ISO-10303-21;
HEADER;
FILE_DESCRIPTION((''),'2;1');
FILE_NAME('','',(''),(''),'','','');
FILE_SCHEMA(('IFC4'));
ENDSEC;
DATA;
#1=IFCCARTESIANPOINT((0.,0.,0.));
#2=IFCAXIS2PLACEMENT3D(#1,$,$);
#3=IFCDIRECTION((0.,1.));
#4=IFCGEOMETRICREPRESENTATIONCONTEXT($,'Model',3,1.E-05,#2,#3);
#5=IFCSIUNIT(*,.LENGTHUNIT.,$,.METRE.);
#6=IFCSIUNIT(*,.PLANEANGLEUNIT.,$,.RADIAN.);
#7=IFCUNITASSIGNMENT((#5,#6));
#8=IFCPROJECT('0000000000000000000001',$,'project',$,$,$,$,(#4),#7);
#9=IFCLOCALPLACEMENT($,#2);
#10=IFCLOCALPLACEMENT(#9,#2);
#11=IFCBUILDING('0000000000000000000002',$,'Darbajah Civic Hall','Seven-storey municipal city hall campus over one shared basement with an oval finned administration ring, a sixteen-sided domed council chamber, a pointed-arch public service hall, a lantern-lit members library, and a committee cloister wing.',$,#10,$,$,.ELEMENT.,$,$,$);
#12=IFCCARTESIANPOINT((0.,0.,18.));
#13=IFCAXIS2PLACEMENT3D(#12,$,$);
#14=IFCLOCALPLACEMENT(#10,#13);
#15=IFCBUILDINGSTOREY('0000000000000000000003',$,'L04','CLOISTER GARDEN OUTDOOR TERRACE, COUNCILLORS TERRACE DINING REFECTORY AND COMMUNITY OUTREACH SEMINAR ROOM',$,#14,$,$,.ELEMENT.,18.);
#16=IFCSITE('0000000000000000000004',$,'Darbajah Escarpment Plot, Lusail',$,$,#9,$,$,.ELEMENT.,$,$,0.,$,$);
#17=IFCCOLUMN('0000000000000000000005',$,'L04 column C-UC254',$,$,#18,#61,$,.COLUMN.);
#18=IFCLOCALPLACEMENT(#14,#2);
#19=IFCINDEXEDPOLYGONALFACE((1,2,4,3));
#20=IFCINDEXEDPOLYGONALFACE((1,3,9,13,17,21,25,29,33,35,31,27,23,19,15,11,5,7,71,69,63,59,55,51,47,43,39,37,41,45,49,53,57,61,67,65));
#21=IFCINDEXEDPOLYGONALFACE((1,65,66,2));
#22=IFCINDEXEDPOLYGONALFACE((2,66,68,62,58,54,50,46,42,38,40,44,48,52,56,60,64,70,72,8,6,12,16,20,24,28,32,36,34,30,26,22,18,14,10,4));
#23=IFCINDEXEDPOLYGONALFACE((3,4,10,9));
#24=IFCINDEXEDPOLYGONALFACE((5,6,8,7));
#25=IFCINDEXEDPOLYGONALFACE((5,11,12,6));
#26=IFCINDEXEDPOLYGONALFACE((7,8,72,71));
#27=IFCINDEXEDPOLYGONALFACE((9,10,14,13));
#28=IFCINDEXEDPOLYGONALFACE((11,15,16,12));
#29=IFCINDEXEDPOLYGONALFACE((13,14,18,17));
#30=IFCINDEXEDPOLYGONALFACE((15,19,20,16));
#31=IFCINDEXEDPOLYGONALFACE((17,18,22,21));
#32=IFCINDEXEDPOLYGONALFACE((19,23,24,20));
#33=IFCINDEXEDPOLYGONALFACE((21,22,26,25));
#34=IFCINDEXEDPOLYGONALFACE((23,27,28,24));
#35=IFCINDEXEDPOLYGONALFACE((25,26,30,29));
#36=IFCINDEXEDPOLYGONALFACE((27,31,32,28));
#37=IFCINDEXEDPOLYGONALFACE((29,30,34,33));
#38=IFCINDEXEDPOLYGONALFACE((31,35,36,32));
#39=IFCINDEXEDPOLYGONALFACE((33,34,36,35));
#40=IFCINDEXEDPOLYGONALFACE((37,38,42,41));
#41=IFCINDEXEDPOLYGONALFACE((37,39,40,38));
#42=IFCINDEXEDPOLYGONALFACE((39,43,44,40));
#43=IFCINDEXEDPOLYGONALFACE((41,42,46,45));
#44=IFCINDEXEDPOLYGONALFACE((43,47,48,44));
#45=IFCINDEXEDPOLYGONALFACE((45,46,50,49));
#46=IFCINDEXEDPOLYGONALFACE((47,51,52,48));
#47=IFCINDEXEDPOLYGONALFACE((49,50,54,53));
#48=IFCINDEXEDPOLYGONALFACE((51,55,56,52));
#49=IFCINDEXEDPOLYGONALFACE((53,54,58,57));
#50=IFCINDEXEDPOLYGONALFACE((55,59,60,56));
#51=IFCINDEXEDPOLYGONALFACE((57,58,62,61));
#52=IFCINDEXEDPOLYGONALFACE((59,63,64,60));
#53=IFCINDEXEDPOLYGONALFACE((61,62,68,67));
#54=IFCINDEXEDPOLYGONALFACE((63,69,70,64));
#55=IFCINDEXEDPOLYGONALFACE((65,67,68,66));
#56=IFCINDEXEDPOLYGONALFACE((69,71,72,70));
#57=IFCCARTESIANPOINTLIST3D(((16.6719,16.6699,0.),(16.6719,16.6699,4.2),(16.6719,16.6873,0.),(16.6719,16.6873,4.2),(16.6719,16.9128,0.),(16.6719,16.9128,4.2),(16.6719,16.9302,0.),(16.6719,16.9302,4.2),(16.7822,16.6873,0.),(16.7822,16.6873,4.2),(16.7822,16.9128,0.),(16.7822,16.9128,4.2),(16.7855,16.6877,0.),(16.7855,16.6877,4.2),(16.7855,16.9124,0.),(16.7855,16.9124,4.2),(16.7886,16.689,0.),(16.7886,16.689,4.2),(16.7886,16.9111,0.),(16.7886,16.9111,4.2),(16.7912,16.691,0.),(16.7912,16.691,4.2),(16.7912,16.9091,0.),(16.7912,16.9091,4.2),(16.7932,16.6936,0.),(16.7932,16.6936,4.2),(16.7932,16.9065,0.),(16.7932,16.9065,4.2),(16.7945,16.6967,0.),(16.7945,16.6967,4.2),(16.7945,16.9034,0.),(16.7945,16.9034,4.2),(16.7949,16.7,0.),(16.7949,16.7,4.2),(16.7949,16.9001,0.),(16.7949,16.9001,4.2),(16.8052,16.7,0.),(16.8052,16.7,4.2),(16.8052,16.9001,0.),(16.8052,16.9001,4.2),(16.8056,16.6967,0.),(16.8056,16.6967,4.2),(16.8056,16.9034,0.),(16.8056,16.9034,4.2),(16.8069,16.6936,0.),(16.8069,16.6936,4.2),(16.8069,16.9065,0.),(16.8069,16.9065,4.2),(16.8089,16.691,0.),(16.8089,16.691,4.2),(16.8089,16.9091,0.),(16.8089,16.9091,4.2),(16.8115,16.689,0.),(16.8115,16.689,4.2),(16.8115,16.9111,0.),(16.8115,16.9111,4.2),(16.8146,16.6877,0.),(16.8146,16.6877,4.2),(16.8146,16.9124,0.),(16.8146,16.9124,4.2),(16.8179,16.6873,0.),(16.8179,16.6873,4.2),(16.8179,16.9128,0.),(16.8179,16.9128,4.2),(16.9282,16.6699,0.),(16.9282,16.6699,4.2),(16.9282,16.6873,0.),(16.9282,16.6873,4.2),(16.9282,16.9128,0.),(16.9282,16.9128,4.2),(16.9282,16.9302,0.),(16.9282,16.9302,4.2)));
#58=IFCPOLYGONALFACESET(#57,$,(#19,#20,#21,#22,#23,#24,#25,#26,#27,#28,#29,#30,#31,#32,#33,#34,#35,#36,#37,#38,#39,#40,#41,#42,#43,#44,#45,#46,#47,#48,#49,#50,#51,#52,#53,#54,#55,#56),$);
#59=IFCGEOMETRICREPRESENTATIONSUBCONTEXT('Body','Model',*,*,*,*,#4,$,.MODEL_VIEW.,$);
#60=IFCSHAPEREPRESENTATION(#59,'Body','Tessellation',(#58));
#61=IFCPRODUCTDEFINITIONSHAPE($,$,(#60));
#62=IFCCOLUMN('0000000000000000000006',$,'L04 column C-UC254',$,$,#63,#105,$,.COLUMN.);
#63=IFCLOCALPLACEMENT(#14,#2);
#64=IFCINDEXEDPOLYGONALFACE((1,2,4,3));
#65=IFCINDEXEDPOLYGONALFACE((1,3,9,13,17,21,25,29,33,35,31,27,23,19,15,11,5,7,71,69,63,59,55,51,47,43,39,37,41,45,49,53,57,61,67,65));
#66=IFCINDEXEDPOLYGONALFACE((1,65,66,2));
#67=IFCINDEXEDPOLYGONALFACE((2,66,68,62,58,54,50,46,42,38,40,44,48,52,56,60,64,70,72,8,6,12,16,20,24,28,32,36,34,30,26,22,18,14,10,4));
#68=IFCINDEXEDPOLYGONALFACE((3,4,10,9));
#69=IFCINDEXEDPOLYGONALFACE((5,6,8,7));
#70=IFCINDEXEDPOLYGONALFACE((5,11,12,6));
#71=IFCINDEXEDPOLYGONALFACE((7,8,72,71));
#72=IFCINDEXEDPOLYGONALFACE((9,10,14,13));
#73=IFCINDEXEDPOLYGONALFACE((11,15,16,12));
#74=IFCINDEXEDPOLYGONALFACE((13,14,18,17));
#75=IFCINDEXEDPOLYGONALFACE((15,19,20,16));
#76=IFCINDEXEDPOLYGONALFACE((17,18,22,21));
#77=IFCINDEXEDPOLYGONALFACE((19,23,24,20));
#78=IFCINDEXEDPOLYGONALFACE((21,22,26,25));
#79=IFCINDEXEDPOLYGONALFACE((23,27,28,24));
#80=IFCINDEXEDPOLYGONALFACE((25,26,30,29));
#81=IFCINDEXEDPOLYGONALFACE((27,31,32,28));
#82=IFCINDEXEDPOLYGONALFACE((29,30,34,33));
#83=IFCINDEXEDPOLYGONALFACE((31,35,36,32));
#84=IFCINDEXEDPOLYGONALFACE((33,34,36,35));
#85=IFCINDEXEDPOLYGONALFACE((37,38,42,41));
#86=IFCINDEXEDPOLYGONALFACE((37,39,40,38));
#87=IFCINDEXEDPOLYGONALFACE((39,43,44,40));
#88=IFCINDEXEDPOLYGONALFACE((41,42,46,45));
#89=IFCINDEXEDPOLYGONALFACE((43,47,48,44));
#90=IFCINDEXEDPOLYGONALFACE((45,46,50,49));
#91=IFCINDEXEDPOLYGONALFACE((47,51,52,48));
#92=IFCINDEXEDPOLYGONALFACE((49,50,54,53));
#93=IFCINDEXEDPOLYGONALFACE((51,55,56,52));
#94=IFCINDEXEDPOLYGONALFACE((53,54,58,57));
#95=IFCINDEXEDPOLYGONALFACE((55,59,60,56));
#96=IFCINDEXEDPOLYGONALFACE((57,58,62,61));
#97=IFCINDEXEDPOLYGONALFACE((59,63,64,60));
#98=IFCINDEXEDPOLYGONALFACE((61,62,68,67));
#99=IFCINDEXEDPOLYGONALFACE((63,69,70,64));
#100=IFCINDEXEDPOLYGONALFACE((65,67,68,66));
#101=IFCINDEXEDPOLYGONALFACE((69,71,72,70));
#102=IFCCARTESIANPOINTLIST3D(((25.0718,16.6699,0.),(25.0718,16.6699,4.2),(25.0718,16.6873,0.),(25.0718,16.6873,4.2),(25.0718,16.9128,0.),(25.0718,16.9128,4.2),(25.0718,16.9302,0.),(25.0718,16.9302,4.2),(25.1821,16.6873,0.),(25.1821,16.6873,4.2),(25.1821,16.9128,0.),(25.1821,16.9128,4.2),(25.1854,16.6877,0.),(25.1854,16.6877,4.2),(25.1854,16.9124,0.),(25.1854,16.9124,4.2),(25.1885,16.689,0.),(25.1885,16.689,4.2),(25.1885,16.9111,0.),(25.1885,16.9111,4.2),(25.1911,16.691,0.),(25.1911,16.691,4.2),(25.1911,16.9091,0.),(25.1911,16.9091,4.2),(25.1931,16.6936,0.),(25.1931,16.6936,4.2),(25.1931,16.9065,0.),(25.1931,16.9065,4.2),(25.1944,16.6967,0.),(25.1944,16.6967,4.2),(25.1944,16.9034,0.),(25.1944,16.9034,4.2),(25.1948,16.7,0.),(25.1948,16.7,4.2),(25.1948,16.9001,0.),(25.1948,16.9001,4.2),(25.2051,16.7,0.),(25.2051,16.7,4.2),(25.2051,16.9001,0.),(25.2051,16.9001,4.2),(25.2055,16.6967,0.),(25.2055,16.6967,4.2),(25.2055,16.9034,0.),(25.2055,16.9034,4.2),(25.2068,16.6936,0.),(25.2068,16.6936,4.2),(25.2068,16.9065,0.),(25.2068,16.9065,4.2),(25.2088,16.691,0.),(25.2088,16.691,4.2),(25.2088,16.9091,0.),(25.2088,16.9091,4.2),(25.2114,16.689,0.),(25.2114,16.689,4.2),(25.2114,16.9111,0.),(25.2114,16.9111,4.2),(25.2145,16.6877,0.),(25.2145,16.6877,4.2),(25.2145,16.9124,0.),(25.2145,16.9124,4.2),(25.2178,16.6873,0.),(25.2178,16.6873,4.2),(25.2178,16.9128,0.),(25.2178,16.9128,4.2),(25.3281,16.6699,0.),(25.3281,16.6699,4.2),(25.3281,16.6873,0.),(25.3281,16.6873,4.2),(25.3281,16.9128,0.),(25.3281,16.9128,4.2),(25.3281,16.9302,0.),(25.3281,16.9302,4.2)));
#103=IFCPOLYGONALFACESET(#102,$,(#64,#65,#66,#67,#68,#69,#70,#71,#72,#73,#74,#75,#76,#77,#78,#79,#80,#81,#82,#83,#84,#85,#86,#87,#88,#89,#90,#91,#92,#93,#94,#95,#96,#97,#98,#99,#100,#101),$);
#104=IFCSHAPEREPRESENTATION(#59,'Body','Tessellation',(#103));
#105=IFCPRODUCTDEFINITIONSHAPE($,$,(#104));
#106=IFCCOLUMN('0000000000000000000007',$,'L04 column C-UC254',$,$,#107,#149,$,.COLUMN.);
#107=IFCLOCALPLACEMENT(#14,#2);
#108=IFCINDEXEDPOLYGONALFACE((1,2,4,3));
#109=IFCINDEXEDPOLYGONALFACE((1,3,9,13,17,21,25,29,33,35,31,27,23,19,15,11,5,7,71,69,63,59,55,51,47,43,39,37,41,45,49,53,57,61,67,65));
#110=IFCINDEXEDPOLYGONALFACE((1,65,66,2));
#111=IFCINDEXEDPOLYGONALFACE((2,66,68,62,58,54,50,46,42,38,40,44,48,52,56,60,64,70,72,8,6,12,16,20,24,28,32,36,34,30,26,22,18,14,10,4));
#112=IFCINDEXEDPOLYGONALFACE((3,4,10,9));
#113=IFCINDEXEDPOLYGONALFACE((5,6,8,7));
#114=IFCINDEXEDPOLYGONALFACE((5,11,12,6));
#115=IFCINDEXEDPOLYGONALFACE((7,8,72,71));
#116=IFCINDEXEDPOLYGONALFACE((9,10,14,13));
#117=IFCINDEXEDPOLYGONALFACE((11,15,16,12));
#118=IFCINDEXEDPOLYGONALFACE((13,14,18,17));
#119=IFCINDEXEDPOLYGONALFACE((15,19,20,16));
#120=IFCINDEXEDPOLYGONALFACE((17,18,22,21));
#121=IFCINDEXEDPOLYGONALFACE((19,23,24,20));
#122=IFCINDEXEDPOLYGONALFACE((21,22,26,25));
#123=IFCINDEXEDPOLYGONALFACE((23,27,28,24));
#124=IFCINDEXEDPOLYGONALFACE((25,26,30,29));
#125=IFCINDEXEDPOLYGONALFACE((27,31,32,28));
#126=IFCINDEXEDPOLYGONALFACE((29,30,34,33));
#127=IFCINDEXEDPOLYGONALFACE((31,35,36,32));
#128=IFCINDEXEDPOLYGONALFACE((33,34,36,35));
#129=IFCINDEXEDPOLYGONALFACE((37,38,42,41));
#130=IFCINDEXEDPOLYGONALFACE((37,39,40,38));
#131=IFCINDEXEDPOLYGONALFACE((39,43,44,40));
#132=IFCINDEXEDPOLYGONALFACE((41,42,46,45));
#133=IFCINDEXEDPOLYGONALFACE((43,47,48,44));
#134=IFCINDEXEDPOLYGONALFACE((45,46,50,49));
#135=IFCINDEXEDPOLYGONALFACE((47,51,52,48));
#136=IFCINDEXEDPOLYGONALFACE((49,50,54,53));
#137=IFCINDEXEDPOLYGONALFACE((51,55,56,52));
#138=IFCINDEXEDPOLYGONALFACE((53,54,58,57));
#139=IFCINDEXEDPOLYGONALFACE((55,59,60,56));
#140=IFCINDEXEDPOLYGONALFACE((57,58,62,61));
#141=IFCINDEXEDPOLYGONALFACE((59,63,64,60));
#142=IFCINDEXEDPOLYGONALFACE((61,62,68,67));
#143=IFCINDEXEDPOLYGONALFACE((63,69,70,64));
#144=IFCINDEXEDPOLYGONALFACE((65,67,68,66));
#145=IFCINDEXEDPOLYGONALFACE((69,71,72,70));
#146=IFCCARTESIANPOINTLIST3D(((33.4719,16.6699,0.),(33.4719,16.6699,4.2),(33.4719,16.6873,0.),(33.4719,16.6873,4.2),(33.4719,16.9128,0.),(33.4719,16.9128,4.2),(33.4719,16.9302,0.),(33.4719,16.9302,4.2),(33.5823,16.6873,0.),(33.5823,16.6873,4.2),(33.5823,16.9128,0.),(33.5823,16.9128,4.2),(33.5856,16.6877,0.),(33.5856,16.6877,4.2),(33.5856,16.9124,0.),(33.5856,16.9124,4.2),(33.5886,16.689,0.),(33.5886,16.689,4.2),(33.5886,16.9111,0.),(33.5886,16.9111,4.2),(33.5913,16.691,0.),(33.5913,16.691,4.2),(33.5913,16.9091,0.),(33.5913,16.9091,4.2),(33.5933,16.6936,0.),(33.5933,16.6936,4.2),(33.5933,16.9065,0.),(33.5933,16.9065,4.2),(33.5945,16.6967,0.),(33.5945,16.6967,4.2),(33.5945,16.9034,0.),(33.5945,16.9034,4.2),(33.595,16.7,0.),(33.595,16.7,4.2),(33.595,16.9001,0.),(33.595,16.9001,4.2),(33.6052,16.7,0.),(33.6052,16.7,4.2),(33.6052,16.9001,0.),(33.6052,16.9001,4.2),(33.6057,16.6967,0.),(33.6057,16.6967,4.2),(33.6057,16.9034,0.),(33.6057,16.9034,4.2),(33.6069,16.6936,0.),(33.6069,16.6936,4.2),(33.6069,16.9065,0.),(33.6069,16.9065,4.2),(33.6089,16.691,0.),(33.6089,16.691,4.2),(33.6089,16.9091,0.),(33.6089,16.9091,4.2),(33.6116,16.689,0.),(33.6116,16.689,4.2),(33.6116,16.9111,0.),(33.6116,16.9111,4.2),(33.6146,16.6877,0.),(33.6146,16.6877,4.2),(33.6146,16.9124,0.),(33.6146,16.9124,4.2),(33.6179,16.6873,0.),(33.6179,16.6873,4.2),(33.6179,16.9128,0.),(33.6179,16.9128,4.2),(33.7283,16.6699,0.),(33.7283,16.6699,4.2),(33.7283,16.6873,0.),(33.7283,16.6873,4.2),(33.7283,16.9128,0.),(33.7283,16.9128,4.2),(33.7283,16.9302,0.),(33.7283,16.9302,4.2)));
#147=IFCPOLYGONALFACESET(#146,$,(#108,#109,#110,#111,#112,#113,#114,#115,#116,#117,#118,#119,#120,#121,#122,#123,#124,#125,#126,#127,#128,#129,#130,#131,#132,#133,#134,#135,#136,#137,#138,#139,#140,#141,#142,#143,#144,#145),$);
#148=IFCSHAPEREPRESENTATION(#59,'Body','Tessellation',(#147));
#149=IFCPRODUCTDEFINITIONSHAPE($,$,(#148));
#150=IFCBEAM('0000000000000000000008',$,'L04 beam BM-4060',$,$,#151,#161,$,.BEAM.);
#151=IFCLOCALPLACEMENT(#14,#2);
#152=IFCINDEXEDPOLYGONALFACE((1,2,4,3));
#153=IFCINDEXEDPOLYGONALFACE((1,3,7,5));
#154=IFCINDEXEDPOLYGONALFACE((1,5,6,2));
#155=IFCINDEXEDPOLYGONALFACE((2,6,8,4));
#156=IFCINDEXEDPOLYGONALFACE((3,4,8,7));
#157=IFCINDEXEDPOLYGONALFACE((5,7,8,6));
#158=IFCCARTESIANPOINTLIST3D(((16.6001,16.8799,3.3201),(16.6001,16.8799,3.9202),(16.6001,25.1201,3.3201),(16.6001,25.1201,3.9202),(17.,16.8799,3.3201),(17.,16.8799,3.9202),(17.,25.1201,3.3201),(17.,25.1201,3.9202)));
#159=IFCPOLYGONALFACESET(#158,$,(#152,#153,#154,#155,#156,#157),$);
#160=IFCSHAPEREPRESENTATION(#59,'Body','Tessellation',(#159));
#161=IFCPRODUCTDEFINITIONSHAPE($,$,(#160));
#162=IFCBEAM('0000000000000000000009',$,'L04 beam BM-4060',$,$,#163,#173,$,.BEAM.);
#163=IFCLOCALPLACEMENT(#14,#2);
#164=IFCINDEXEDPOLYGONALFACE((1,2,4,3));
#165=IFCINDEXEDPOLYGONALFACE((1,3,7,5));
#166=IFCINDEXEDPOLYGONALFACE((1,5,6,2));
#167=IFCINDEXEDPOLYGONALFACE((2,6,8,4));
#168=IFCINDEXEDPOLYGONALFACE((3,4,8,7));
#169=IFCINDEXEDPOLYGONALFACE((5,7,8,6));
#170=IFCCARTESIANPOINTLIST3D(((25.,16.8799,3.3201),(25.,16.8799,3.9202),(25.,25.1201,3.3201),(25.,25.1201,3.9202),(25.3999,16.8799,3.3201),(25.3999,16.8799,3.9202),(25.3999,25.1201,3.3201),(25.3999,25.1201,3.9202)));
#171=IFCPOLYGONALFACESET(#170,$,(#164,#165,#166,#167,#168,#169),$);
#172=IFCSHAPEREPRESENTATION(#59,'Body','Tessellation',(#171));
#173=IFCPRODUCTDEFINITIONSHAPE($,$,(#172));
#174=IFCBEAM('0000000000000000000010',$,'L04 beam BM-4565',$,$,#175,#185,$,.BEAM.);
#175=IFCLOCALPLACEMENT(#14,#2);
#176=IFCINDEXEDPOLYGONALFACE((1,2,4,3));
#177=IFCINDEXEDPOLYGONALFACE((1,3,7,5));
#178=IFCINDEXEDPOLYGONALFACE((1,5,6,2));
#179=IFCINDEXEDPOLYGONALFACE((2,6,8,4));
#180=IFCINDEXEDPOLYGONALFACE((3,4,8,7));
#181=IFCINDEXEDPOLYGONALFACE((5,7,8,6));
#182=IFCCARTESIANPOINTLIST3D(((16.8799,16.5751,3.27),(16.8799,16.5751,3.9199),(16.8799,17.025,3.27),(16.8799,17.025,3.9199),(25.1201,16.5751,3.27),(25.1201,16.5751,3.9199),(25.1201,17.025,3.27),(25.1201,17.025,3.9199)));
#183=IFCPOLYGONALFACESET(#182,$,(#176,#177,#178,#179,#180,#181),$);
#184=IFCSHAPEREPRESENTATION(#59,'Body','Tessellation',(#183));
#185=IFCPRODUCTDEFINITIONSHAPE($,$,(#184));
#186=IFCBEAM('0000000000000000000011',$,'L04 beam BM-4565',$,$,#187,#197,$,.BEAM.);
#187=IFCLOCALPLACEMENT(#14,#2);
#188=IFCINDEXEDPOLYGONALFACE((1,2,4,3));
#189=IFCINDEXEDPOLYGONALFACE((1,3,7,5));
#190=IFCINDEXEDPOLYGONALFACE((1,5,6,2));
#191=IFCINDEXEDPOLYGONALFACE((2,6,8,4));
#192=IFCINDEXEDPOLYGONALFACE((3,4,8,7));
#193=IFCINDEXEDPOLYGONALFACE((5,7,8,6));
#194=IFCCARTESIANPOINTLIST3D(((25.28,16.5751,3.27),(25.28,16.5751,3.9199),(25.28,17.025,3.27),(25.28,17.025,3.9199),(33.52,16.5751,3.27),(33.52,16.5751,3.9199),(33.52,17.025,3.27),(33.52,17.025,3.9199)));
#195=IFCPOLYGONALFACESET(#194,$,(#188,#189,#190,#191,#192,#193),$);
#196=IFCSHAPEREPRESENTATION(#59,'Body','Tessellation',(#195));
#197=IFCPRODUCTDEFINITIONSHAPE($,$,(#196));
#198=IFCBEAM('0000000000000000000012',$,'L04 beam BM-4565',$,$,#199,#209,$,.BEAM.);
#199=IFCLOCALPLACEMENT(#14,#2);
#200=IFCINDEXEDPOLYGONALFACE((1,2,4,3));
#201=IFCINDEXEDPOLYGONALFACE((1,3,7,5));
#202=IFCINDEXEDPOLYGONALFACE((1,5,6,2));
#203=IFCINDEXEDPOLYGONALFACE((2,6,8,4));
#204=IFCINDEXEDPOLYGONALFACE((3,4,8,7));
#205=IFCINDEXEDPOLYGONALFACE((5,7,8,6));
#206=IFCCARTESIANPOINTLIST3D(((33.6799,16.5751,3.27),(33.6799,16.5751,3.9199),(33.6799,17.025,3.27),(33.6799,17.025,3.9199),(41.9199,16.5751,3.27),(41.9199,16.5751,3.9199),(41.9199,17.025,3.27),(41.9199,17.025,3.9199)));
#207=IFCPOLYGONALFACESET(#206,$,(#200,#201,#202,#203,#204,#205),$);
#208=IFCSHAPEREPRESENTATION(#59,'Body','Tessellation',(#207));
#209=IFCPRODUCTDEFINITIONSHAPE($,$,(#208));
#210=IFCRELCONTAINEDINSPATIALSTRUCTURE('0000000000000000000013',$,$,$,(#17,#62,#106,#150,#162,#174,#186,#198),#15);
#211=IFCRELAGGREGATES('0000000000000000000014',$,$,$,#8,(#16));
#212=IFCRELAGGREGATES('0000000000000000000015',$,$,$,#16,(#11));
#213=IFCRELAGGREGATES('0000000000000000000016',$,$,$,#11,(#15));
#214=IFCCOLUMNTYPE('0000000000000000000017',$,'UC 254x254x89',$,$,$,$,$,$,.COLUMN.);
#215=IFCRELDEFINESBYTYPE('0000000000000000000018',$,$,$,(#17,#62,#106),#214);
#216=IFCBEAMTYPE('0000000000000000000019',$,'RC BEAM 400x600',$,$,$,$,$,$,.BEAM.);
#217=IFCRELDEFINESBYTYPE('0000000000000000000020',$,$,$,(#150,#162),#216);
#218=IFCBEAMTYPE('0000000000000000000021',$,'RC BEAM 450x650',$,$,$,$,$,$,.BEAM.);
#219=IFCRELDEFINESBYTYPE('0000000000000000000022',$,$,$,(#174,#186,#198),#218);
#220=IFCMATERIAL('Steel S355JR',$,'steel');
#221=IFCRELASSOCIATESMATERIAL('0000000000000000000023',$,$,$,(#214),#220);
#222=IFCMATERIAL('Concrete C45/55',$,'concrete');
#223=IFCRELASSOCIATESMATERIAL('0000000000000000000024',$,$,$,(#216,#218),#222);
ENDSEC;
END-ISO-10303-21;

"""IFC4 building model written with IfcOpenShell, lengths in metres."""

from ifc_helpers import new_model, si_unit, direction, frame, origin, origin_2d, place, context, subcontext, project, spatial, rectangle, i_section, extrude, material, material_profile, profile_set, type_object, element, save


model = new_model("IFC4")

# Units and contexts
model_context = context("Model", 3, precision=1e-05, world=origin(), true_north=direction((0.0, 1.0)))
body_context = subcontext(model_context, "Body", "Model", "MODEL_VIEW")
ifc_project = project(units=[si_unit("LENGTHUNIT", "METRE"), si_unit("PLANEANGLEUNIT", "RADIAN")], contexts=[model_context])

# Site, building, storey
site_placement = place(None, origin())
site = spatial("IfcSite", under=ifc_project, at=site_placement, Name="Darbajah Escarpment Plot, Lusail", CompositionType="ELEMENT", RefElevation=0.0)
building_placement = place(site_placement, origin())
building = spatial("IfcBuilding", under=site, at=building_placement, Name="Darbajah Civic Hall", Description="Seven-storey municipal city hall campus over one shared basement with an oval finned administration ring, a sixteen-sided domed council chamber, a pointed-arch public service hall, a lantern-lit members library, and a committee cloister wing.", CompositionType="ELEMENT")
storey_placement = place(building_placement, frame((0.0, 0.0, 18.0)))
storey = spatial("IfcBuildingStorey", under=building, at=storey_placement, Name="L04", Description="CLOISTER GARDEN OUTDOOR TERRACE, COUNCILLORS TERRACE DINING REFECTORY AND COMMUNITY OUTREACH SEMINAR ROOM", CompositionType="ELEMENT", Elevation=18.0)

# Columns
ifc_material_1 = material(Name="Steel S355JR", Category="steel")
ifc_material_profile_1 = material_profile(ifc_material_1, i_section(OverallWidth=0.2563, OverallDepth=0.2603, WebThickness=0.0103, FlangeThickness=0.0173, FilletRadius=0.0127, at=origin_2d()), Name="UC 254x254x89")
ifc_profile_set_1 = profile_set([ifc_material_profile_1], Name="Steel S355JR")
column_type = type_object("IfcColumnType", Name="UC 254x254x89", PredefinedType="COLUMN", material=ifc_profile_set_1)
for number, where, z_axis, x_axis, name in (
    (1, (16.8, 16.8, 0.0), (0.0, 0.0, 1.0), (1.0, 0.0, 0.0), "L04 column C-UC254"),
    (2, (25.2, 16.8, 0.0), (0.0, 0.0, 1.0), (1.0, 0.0, 0.0), "L04 column C-UC254"),
    (3, (33.6001, 16.8, 0.0), (0.0, 0.0, 1.0), (1.0, 0.0, 0.0), "L04 column C-UC254"),
):
    element("IfcColumn", number, at=place(storey_placement, frame(where, z_axis=z_axis, x_axis=x_axis)), inside=storey, type_object=column_type, Name=name, PredefinedType="COLUMN", context=body_context, shape_type="SweptSolid", body=[
        extrude(i_section(OverallWidth=0.2563, OverallDepth=0.2603, WebThickness=0.0103, FlangeThickness=0.0173, FilletRadius=0.0127, at=origin_2d()), origin(), (0.0, 0.0, 1.0), 4.2),
    ])

# Beams
ifc_material_2 = material(Name="Concrete C45/55", Category="concrete")
ifc_material_profile_2 = material_profile(ifc_material_2, rectangle(XDim=0.3999, YDim=0.6001, at=origin_2d()), Name="RC BEAM 400x600")
ifc_profile_set_2 = profile_set([ifc_material_profile_2], Name="Concrete C45/55")
beam_type_1 = type_object("IfcBeamType", Name="RC BEAM 400x600", PredefinedType="BEAM", material=ifc_profile_set_2)
for number, where, z_axis, x_axis, name in (
    (4, (16.8, 16.8799, 3.6201), (0.0, 1.0, 0.0), (-1.0, 0.0, 0.0), "L04 beam BM-4060"),
    (5, (25.2, 16.8799, 3.6201), (0.0, 1.0, 0.0), (-1.0, 0.0, 0.0), "L04 beam BM-4060"),
):
    element("IfcBeam", number, at=place(storey_placement, frame(where, z_axis=z_axis, x_axis=x_axis)), inside=storey, type_object=beam_type_1, Name=name, PredefinedType="BEAM", context=body_context, shape_type="SweptSolid", body=[
        extrude(rectangle(XDim=0.3999, YDim=0.6001, at=origin_2d()), origin(), (0.0, 0.0, 1.0), 8.2402),
    ])
ifc_material_profile_3 = material_profile(ifc_material_2, rectangle(XDim=0.45, YDim=0.6499, at=origin_2d()), Name="RC BEAM 450x650")
ifc_profile_set_3 = profile_set([ifc_material_profile_3], Name="Concrete C45/55")
beam_type_2 = type_object("IfcBeamType", Name="RC BEAM 450x650", PredefinedType="BEAM", material=ifc_profile_set_3)
beam_placement = place(storey_placement, frame((16.8799, 16.8, 3.595), z_axis=(1.0, 0.0, 0.0), x_axis=(0.0, 1.0, 0.0)))
element("IfcBeam", 6, at=beam_placement, inside=storey, type_object=beam_type_2, Name="L04 beam BM-4565", PredefinedType="BEAM", context=body_context, shape_type="SweptSolid", body=[
    extrude(rectangle(XDim=0.45, YDim=0.6499, at=origin_2d()), origin(), (0.0, 0.0, 1.0), 8.2402),
])
for number, where, z_axis, x_axis, name in (
    (7, (25.28, 16.8, 3.595), (1.0, 0.0, 0.0), (0.0, 1.0, 0.0), "L04 beam BM-4565"),
    (8, (33.6799, 16.8, 3.595), (1.0, 0.0, 0.0), (0.0, 1.0, 0.0), "L04 beam BM-4565"),
):
    element("IfcBeam", number, at=place(storey_placement, frame(where, z_axis=z_axis, x_axis=x_axis)), inside=storey, type_object=beam_type_2, Name=name, PredefinedType="BEAM", context=body_context, shape_type="SweptSolid", body=[
        extrude(rectangle(XDim=0.45, YDim=0.6499, at=origin_2d()), origin(), (0.0, 0.0, 1.0), 8.24),
    ])

save(model, "model.ifc")
